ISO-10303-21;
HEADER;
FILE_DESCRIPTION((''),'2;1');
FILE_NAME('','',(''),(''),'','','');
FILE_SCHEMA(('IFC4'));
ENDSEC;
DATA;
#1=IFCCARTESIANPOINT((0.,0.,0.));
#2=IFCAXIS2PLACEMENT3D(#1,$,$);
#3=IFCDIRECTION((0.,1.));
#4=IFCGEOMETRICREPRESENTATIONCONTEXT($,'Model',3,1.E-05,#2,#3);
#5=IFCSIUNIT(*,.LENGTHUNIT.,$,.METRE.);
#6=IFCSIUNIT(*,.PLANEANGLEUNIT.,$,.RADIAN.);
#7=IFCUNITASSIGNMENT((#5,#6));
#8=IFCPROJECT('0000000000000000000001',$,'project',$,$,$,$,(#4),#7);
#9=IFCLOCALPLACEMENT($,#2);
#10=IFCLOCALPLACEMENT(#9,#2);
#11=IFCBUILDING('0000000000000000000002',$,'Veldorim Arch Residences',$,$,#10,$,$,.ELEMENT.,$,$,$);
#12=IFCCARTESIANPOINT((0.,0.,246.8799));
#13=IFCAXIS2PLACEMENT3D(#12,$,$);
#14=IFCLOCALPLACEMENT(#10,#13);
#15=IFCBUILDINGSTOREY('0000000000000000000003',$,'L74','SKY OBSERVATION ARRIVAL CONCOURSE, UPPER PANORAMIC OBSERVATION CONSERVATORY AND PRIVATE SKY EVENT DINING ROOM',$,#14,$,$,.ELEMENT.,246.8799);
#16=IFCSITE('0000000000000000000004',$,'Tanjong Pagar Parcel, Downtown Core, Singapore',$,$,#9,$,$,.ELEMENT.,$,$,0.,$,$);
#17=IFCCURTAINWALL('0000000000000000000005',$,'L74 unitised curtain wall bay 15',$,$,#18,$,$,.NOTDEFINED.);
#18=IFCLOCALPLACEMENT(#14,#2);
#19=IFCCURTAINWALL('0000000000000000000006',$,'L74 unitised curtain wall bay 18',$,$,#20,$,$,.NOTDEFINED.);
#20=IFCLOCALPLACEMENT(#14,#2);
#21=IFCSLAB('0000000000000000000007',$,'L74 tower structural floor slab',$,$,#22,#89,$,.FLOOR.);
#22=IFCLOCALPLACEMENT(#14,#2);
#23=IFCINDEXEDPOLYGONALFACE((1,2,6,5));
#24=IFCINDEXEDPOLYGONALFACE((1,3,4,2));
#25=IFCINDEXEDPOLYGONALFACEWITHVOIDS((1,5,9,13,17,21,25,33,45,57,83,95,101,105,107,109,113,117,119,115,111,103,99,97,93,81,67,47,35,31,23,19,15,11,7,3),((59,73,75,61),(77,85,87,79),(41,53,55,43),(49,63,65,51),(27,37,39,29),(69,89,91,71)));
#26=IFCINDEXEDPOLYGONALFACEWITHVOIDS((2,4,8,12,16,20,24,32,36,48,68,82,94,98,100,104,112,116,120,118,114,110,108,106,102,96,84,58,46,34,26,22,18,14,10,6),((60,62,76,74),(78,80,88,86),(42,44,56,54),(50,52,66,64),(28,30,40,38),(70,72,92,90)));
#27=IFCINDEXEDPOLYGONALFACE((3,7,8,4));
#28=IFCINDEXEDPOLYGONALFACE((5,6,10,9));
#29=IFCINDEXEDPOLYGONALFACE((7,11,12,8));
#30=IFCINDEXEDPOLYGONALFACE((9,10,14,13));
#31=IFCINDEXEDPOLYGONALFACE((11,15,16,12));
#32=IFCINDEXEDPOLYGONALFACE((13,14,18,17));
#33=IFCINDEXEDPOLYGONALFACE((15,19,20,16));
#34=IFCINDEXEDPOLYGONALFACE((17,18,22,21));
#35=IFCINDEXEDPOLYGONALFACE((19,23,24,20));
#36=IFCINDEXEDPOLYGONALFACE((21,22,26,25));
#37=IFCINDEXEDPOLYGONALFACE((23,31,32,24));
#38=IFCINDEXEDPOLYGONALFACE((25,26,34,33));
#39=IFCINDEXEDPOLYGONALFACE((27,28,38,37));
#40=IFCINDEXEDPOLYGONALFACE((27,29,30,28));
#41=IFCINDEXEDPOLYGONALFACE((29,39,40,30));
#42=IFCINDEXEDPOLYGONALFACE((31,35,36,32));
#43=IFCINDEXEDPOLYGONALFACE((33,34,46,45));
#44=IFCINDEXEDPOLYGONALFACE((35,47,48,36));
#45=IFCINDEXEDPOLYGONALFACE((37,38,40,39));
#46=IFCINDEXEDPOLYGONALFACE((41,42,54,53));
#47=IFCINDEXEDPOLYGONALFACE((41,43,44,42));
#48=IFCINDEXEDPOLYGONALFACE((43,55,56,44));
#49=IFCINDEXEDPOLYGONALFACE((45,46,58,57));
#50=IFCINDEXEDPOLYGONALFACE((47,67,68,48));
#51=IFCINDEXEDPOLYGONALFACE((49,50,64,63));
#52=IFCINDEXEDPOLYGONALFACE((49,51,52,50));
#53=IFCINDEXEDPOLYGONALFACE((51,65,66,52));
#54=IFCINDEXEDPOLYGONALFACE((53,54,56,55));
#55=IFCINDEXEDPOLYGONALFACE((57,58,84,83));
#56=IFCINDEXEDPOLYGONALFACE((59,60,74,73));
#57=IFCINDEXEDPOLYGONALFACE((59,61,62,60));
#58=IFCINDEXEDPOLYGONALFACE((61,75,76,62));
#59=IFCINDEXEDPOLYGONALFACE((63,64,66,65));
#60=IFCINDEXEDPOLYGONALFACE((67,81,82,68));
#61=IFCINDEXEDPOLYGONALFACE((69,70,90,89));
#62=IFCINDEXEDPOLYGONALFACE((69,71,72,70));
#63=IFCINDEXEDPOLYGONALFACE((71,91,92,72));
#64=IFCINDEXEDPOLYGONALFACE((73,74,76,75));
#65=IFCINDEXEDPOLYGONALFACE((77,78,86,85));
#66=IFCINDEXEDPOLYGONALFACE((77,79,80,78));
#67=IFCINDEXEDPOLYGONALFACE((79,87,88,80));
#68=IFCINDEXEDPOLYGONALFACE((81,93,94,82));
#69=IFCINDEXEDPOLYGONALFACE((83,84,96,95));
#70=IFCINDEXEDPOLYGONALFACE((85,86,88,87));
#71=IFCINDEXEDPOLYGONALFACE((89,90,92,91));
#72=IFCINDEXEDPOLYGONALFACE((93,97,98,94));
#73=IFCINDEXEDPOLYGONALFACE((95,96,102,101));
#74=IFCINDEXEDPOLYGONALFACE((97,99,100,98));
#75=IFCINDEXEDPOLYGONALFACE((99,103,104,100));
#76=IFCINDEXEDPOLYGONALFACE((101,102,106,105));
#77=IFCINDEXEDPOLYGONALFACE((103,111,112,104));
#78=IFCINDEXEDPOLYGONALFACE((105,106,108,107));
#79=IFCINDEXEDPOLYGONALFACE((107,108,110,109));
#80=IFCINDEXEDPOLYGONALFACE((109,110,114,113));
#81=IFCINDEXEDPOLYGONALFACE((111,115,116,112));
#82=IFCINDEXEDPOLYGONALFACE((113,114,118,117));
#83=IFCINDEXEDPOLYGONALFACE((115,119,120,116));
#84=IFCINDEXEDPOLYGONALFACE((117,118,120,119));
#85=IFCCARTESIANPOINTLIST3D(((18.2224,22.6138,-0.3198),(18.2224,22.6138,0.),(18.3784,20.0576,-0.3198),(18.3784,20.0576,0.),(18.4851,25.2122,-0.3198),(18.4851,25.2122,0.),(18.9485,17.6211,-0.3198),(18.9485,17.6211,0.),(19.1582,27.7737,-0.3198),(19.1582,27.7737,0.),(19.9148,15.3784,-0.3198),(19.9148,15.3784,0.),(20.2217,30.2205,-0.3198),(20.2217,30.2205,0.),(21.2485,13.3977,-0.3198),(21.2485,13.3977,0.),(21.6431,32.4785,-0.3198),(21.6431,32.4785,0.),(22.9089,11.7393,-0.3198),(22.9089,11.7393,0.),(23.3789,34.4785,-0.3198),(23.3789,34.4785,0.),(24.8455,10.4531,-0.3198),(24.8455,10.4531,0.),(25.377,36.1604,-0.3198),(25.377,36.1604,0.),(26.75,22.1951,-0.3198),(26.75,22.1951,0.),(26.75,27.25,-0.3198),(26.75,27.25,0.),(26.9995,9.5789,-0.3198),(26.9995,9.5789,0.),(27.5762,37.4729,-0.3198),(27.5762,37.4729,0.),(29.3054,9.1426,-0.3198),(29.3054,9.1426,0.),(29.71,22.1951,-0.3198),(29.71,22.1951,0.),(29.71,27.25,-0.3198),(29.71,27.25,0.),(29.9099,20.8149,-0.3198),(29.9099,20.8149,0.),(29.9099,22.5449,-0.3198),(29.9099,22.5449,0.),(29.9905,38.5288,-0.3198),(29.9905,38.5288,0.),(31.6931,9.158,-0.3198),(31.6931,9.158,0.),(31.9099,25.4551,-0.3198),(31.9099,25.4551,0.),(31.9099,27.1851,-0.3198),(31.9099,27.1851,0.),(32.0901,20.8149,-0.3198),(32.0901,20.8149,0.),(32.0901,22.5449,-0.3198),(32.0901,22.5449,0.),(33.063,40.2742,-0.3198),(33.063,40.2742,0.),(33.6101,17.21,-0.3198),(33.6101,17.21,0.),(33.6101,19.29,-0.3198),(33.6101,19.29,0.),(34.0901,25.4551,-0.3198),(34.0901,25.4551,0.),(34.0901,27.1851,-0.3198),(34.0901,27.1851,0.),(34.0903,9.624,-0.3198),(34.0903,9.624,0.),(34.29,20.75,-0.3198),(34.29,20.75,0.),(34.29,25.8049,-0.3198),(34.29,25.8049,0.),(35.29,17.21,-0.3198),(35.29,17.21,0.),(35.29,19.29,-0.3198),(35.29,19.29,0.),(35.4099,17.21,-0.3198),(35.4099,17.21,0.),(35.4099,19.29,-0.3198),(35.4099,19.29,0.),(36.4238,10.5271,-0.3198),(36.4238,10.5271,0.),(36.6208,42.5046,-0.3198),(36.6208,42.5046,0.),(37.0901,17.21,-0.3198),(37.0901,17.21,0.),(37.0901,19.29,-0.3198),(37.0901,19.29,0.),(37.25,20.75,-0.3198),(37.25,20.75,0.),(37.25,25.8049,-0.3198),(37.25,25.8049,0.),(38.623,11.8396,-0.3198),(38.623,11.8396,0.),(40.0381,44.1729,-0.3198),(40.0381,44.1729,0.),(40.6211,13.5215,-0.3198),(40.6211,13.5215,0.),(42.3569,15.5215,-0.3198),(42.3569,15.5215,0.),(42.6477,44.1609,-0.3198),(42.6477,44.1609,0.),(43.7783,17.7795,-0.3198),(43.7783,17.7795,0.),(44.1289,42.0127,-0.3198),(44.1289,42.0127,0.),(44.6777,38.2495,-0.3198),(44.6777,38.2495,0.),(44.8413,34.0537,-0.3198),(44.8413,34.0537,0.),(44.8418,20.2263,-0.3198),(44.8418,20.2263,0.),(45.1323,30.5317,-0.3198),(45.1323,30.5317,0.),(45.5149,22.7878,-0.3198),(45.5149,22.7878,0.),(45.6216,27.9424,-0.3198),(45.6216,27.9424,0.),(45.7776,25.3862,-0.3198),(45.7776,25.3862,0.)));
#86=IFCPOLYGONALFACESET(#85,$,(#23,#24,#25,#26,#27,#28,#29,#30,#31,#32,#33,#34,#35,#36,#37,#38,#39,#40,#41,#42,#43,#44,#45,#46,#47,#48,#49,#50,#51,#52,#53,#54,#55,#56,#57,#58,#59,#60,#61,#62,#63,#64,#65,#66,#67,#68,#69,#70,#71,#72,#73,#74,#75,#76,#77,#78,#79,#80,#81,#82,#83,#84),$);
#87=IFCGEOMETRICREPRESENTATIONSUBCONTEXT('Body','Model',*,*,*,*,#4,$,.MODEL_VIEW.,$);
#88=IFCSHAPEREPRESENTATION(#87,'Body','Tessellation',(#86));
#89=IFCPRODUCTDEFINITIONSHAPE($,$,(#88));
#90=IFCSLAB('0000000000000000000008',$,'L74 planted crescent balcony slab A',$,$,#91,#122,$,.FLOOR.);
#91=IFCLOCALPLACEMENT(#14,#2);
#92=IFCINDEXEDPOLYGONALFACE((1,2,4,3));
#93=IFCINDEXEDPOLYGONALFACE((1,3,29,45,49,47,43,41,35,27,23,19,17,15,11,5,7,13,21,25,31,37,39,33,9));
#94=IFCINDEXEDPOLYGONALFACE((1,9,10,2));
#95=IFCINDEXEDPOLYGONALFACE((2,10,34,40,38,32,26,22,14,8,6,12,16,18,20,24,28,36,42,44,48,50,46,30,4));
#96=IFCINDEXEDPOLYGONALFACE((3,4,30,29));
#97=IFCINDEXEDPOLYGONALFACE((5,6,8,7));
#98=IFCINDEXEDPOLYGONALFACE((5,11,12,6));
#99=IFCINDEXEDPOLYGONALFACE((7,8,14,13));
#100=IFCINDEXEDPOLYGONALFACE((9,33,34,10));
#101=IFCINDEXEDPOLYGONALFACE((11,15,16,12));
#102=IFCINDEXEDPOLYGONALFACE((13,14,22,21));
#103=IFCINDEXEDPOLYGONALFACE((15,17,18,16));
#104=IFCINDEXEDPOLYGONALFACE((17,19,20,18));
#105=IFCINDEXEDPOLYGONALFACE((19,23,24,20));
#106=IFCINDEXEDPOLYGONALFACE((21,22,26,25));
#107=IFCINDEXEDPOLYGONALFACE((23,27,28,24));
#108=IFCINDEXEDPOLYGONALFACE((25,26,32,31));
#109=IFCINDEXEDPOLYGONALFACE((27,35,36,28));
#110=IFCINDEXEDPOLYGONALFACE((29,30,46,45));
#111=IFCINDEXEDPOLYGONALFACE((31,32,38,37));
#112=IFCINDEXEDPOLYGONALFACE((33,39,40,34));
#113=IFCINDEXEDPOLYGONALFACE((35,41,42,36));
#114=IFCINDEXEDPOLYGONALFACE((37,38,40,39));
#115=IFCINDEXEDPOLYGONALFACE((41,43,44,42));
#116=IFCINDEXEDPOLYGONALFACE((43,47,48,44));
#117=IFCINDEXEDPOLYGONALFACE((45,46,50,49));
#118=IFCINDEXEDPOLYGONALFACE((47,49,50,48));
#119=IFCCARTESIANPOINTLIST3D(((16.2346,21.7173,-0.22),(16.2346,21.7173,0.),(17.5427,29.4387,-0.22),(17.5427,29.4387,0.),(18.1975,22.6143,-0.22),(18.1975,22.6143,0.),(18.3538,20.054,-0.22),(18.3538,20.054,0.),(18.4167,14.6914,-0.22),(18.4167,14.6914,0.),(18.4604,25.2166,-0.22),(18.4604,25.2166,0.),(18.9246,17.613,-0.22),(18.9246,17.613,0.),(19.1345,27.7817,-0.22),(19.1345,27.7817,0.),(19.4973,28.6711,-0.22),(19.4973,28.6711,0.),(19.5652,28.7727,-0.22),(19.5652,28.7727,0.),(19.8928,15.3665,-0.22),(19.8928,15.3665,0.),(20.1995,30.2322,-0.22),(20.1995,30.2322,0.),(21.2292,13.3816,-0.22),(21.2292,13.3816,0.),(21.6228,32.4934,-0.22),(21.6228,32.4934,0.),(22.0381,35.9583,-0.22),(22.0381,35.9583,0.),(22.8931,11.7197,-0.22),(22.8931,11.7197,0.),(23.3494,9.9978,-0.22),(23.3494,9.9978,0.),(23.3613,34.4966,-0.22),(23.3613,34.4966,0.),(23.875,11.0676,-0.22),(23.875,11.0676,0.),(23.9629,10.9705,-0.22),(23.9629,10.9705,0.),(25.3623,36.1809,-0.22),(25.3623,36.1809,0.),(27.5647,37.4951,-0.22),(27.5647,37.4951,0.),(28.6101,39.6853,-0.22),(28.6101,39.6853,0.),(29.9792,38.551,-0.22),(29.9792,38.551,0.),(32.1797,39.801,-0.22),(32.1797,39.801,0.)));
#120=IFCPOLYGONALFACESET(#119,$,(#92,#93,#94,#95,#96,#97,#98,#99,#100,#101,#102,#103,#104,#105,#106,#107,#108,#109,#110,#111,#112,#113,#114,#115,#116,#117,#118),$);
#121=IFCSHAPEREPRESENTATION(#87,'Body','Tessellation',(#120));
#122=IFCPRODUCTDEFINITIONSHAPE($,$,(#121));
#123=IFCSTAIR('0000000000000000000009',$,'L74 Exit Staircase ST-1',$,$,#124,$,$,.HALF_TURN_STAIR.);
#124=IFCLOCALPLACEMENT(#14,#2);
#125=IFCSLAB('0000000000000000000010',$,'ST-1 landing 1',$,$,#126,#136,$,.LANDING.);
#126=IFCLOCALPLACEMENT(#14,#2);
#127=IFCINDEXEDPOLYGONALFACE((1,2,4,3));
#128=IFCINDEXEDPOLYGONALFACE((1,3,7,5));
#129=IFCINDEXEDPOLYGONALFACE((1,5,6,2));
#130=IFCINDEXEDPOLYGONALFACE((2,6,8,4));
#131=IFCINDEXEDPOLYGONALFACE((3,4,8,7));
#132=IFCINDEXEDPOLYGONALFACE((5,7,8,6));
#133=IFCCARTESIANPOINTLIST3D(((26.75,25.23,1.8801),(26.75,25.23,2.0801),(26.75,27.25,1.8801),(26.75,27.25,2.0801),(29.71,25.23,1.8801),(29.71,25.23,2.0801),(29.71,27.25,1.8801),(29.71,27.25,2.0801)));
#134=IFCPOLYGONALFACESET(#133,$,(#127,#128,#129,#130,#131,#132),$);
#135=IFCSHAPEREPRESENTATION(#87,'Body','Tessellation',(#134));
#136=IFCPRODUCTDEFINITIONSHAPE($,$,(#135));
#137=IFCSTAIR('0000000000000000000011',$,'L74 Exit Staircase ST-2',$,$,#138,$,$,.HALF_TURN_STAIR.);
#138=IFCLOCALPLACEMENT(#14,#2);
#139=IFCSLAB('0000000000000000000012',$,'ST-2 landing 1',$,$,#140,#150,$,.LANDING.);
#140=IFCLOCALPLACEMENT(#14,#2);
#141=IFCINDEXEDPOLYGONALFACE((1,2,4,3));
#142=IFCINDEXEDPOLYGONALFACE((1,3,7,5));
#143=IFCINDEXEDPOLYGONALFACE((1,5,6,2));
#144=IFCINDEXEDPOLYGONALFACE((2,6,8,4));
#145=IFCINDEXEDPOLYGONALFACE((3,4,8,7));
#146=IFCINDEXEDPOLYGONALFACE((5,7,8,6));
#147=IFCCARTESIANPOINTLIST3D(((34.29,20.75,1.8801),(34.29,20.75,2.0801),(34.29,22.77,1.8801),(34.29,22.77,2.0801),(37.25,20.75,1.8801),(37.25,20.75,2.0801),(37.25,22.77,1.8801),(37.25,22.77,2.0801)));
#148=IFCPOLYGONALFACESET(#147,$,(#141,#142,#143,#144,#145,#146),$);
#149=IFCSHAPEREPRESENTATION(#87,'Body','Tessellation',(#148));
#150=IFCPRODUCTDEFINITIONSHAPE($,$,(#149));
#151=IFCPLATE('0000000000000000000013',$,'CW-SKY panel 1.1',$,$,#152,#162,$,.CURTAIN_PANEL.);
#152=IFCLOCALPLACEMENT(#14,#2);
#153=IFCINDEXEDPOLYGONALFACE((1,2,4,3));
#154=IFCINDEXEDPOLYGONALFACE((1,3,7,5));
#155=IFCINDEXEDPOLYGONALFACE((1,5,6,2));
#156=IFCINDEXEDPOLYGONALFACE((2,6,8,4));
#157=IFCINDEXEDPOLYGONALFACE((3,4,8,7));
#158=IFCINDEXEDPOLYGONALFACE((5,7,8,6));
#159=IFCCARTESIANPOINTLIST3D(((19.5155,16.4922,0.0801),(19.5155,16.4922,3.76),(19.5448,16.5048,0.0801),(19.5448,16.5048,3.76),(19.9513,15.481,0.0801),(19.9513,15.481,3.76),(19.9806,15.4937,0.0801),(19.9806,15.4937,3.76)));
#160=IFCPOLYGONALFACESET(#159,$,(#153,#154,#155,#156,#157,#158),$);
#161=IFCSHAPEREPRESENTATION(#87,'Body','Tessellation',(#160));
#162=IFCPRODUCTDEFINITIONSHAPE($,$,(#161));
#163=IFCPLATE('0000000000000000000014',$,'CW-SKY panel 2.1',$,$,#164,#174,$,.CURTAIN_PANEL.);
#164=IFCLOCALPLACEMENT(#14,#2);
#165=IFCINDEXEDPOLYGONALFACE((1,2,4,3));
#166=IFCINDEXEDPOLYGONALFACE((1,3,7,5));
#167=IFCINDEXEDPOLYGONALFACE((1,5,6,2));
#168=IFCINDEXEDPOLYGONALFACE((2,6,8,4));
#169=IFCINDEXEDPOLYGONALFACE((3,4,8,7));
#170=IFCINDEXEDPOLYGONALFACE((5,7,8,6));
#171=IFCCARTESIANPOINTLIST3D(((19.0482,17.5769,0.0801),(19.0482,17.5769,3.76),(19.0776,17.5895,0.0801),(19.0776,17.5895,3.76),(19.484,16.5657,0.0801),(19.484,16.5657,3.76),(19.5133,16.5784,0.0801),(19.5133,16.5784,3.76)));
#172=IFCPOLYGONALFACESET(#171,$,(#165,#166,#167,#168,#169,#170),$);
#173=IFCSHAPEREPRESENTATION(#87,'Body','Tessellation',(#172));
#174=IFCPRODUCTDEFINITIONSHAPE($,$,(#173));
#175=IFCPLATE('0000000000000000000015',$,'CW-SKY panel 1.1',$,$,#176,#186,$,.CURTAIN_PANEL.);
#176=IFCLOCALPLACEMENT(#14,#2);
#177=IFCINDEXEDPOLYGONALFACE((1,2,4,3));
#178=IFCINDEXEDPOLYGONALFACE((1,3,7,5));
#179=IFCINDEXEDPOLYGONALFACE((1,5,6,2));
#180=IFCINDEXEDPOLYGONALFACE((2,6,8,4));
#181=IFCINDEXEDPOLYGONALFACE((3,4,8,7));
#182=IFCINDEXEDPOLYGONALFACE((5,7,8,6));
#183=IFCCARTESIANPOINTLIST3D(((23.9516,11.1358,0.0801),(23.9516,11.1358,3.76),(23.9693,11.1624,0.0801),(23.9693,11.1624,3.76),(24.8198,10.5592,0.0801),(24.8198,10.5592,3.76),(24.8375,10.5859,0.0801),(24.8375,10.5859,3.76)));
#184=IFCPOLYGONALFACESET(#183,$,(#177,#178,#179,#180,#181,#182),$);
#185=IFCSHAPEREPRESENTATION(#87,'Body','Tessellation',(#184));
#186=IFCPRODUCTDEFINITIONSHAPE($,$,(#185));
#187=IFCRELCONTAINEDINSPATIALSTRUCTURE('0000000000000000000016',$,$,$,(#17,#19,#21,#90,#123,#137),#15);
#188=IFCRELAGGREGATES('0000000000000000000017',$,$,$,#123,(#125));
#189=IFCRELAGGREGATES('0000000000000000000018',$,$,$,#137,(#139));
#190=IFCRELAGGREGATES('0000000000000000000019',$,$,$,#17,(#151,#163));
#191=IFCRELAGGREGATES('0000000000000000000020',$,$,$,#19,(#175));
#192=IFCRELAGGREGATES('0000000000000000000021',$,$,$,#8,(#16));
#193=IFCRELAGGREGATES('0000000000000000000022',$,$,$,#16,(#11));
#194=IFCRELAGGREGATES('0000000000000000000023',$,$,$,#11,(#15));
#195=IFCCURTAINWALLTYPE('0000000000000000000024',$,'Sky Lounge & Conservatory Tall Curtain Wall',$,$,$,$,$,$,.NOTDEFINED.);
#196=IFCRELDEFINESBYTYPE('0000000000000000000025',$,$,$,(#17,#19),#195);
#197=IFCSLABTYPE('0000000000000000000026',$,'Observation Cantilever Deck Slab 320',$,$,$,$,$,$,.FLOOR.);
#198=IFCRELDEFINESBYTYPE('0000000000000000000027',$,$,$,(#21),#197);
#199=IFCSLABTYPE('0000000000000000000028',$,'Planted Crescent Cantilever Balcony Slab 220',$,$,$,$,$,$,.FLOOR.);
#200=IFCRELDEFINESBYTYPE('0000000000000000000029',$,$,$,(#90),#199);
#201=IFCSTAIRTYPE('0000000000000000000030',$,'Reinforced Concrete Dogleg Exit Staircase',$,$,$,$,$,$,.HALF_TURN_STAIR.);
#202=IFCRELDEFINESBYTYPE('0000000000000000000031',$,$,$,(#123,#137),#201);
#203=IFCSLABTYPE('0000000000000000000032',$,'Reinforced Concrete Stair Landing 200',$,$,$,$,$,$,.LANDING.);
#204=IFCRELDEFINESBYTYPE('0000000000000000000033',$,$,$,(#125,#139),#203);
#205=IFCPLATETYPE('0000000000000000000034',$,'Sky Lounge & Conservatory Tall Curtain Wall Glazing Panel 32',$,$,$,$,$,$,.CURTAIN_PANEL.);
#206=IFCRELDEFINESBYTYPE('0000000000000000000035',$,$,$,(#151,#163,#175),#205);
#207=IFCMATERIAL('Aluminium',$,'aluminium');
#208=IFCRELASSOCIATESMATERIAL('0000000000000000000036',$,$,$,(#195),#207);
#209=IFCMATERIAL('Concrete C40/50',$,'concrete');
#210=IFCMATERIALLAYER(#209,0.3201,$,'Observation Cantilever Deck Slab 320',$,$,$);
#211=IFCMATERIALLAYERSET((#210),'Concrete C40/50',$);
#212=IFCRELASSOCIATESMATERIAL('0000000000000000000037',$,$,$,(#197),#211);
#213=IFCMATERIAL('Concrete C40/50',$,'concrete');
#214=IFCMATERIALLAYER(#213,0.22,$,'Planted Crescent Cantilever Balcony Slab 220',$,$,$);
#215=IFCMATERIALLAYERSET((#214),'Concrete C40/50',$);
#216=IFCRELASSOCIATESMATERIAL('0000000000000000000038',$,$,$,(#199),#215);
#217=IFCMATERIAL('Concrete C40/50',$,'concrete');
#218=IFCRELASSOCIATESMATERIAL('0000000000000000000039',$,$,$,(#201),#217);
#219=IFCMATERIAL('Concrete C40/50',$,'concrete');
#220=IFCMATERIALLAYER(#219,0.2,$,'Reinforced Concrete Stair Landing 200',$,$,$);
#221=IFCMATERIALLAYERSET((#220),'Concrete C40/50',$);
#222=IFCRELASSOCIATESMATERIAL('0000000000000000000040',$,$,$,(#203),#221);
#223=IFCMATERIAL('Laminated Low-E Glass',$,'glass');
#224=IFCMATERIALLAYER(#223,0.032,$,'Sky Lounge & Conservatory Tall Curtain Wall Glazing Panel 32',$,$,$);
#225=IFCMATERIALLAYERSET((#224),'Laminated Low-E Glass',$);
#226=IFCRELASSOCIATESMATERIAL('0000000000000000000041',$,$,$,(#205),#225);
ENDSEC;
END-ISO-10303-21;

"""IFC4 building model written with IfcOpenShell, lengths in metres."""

from ifc_helpers import new_model, si_unit, direction, frame, origin, origin_2d, place, context, subcontext, project, spatial, polyline, rectangle, outline, extrude, material, layer, layer_set, type_object, element, aggregate, save


model = new_model("IFC4")

# Units and contexts
model_context = context("Model", 3, precision=1e-05, world=origin(), true_north=direction((0.0, 1.0)))
body_context = subcontext(model_context, "Body", "Model", "MODEL_VIEW")
ifc_project = project(units=[si_unit("LENGTHUNIT", "METRE"), si_unit("PLANEANGLEUNIT", "RADIAN")], contexts=[model_context])

# Site, building, storey
site_placement = place(None, origin())
site = spatial("IfcSite", under=ifc_project, at=site_placement, Name="Tanjong Pagar Parcel, Downtown Core, Singapore", CompositionType="ELEMENT", RefElevation=0.0)
building_placement = place(site_placement, origin())
building = spatial("IfcBuilding", under=site, at=building_placement, Name="Veldorim Arch Residences", CompositionType="ELEMENT")
storey_placement = place(building_placement, frame((0.0, 0.0, 246.8799)))
storey = spatial("IfcBuildingStorey", under=building, at=storey_placement, Name="L74", Description="SKY OBSERVATION ARRIVAL CONCOURSE, UPPER PANORAMIC OBSERVATION CONSERVATORY AND PRIVATE SKY EVENT DINING ROOM", CompositionType="ELEMENT", Elevation=246.8799)

# Curtain walls
ifc_material_1 = material(Name="Aluminium", Category="aluminium")
curtain_wall_type = type_object("IfcCurtainWallType", Name="Sky Lounge & Conservatory Tall Curtain Wall", PredefinedType="NOTDEFINED", material=ifc_material_1)
curtain_wall_1_placement = place(storey_placement, origin())
curtain_wall_1 = element("IfcCurtainWall", 1, at=curtain_wall_1_placement, inside=storey, type_object=curtain_wall_type, Name="L74 unitised curtain wall bay 15", PredefinedType="NOTDEFINED")
curtain_wall_2_placement = place(storey_placement, origin())
curtain_wall_2 = element("IfcCurtainWall", 2, at=curtain_wall_2_placement, inside=storey, type_object=curtain_wall_type, Name="L74 unitised curtain wall bay 18", PredefinedType="NOTDEFINED")

# Slabs
ifc_material_2 = material(Name="Concrete C40/50", Category="concrete")
ifc_layer_1 = layer(ifc_material_2, 0.3201, Name="Observation Cantilever Deck Slab 320")
ifc_layer_set_1 = layer_set([ifc_layer_1], Name="Concrete C40/50")
slab_type_1 = type_object("IfcSlabType", Name="Observation Cantilever Deck Slab 320", PredefinedType="FLOOR", material=ifc_layer_set_1)
slab_1_placement = place(storey_placement, frame((0.0, 0.0, -0.3198)))
element("IfcSlab", 3, at=slab_1_placement, inside=storey, type_object=slab_type_1, Name="L74 tower structural floor slab", PredefinedType="FLOOR", context=body_context, shape_type="SweptSolid", body=[
    extrude(outline(polyline([(42.6477, 44.1609), (40.0381, 44.1729), (36.6208, 42.5046), (33.063, 40.2742), (29.9905, 38.5288), (27.5762, 37.4729), (25.377, 36.1604), (23.3789, 34.4785), (21.6431, 32.4785), (20.2217, 30.2205), (19.1582, 27.7737), (18.4851, 25.2122), (18.2224, 22.6138), (18.3784, 20.0576), (18.9485, 17.6211), (19.9148, 15.3784), (21.2485, 13.3977), (22.9089, 11.7393), (24.8455, 10.4531), (26.9995, 9.5789), (29.3054, 9.1426), (31.6931, 9.158), (34.0903, 9.624), (36.4238, 10.5271), (38.623, 11.8396), (40.6211, 13.5215), (42.3569, 15.5215), (43.7783, 17.7795), (44.8418, 20.2263), (45.5149, 22.7878), (45.7776, 25.3862), (45.6216, 27.9424), (45.1323, 30.5317), (44.8413, 34.0537), (44.6777, 38.2495), (44.1289, 42.0127), (42.6477, 44.1609)]), holes=[polyline([(35.29, 17.21), (33.6101, 17.21), (33.6101, 19.29), (35.29, 19.29), (35.29, 17.21)]), polyline([(35.4099, 17.21), (35.4099, 19.29), (37.0901, 19.29), (37.0901, 17.21), (35.4099, 17.21)]), polyline([(29.9099, 20.8149), (29.9099, 22.5449), (32.0901, 22.5449), (32.0901, 20.8149), (29.9099, 20.8149)]), polyline([(37.25, 20.75), (34.29, 20.75), (34.29, 25.8049), (37.25, 25.8049), (37.25, 20.75)]), polyline([(26.75, 22.1951), (26.75, 27.25), (29.71, 27.25), (29.71, 22.1951), (26.75, 22.1951)]), polyline([(31.9099, 25.4551), (31.9099, 27.1851), (34.0901, 27.1851), (34.0901, 25.4551), (31.9099, 25.4551)])]), origin(), (0.0, 0.0, 1.0), 0.3198),
])
ifc_material_3 = material(Name="Concrete C40/50", Category="concrete")
ifc_layer_2 = layer(ifc_material_3, 0.22, Name="Planted Crescent Cantilever Balcony Slab 220")
ifc_layer_set_2 = layer_set([ifc_layer_2], Name="Concrete C40/50")
slab_type_2 = type_object("IfcSlabType", Name="Planted Crescent Cantilever Balcony Slab 220", PredefinedType="FLOOR", material=ifc_layer_set_2)
slab_2_placement = place(storey_placement, frame((0.0, 0.0, -0.22)))
element("IfcSlab", 4, at=slab_2_placement, inside=storey, type_object=slab_type_2, Name="L74 planted crescent balcony slab A", PredefinedType="FLOOR", context=body_context, shape_type="SweptSolid", body=[
    extrude(outline(polyline([(19.4973, 28.6711), (19.1345, 27.7817), (18.4604, 25.2166), (18.1975, 22.6143), (18.3538, 20.054), (18.9246, 17.613), (19.8928, 15.3665), (21.2292, 13.3816), (22.8931, 11.7197), (23.875, 11.0676), (23.9629, 10.9705), (23.3494, 9.9978), (18.4167, 14.6914), (16.2346, 21.7173), (17.5427, 29.4387), (22.0381, 35.9583), (28.6101, 39.6853), (32.1797, 39.801), (29.9792, 38.551), (27.5647, 37.4951), (25.3623, 36.1809), (23.3613, 34.4966), (21.6228, 32.4934), (20.1995, 30.2322), (19.5652, 28.7727), (19.4973, 28.6711)])), origin(), (0.0, 0.0, 1.0), 0.22),
])

# Stairs, slabs
ifc_material_4 = material(Name="Concrete C40/50", Category="concrete")
stair_type = type_object("IfcStairType", Name="Reinforced Concrete Dogleg Exit Staircase", PredefinedType="HALF_TURN_STAIR", material=ifc_material_4)
stair_1_placement = place(storey_placement, origin())
stair_1 = element("IfcStair", 5, at=stair_1_placement, inside=storey, type_object=stair_type, Name="L74 Exit Staircase ST-1", PredefinedType="HALF_TURN_STAIR")
ifc_material_5 = material(Name="Concrete C40/50", Category="concrete")
ifc_layer_3 = layer(ifc_material_5, 0.2, Name="Reinforced Concrete Stair Landing 200")
ifc_layer_set_3 = layer_set([ifc_layer_3], Name="Concrete C40/50")
slab_type_3 = type_object("IfcSlabType", Name="Reinforced Concrete Stair Landing 200", PredefinedType="LANDING", material=ifc_layer_set_3)
slab_3_placement = place(storey_placement, frame((0.0, 0.0, 1.8801)))
slab_3 = element("IfcSlab", 6, at=slab_3_placement, type_object=slab_type_3, Name="ST-1 landing 1", PredefinedType="LANDING", context=body_context, shape_type="SweptSolid", body=[
    extrude(outline(polyline([(29.71, 25.23), (29.71, 27.25), (26.75, 27.25), (26.75, 25.23), (29.71, 25.23)])), origin(), (0.0, 0.0, 1.0), 0.2),
])
aggregate(stair_1, [slab_3])
stair_2_placement = place(storey_placement, origin())
stair_2 = element("IfcStair", 7, at=stair_2_placement, inside=storey, type_object=stair_type, Name="L74 Exit Staircase ST-2", PredefinedType="HALF_TURN_STAIR")
slab_4_placement = place(storey_placement, frame((0.0, 0.0, 1.8801)))
slab_4 = element("IfcSlab", 8, at=slab_4_placement, type_object=slab_type_3, Name="ST-2 landing 1", PredefinedType="LANDING", context=body_context, shape_type="SweptSolid", body=[
    extrude(outline(polyline([(34.29, 22.77), (34.29, 20.75), (37.25, 20.75), (37.25, 22.77), (34.29, 22.77)])), origin(), (0.0, 0.0, 1.0), 0.2),
])
aggregate(stair_2, [slab_4])

# Plates
ifc_material_6 = material(Name="Laminated Low-E Glass", Category="glass")
ifc_layer_4 = layer(ifc_material_6, 0.032, Name="Sky Lounge & Conservatory Tall Curtain Wall Glazing Panel 32")
ifc_layer_set_4 = layer_set([ifc_layer_4], Name="Laminated Low-E Glass")
plate_type = type_object("IfcPlateType", Name="Sky Lounge & Conservatory Tall Curtain Wall Glazing Panel 32", PredefinedType="CURTAIN_PANEL", material=ifc_layer_set_4)
plate_1_placement = place(storey_placement, frame((19.748, 15.9929, 0.0801), z_axis=(0.0, 0.0, 1.0), x_axis=(-0.395782, 0.918345, 0.0)))
plate_1 = element("IfcPlate", 9, at=plate_1_placement, type_object=plate_type, Name="CW-SKY panel 1.1", PredefinedType="CURTAIN_PANEL", context=body_context, shape_type="SweptSolid", body=[
    extrude(rectangle(XDim=1.1011, YDim=0.032, at=origin_2d()), origin(), (0.0, 0.0, 1.0), 3.6799),
])
plate_2_placement = place(storey_placement, frame((19.2808, 17.0776, 0.0801), z_axis=(0.0, 0.0, 1.0), x_axis=(-0.395782, 0.918345, 0.0)))
plate_2 = element("IfcPlate", 10, at=plate_2_placement, type_object=plate_type, Name="CW-SKY panel 2.1", PredefinedType="CURTAIN_PANEL", context=body_context, shape_type="SweptSolid", body=[
    extrude(rectangle(XDim=1.1011, YDim=0.032, at=origin_2d()), origin(), (0.0, 0.0, 1.0), 3.6799),
])
aggregate(curtain_wall_1, [plate_1, plate_2])
plate_3_placement = place(storey_placement, frame((24.3945, 10.8608, 0.0801), z_axis=(0.0, 0.0, 1.0), x_axis=(-0.833055, 0.55319, 0.0)))
plate_3 = element("IfcPlate", 11, at=plate_3_placement, type_object=plate_type, Name="CW-SKY panel 1.1", PredefinedType="CURTAIN_PANEL", context=body_context, shape_type="SweptSolid", body=[
    extrude(rectangle(XDim=1.0422, YDim=0.032, at=origin_2d()), origin(), (0.0, 0.0, 1.0), 3.6799),
])
aggregate(curtain_wall_2, [plate_3])

save(model, "model.ifc")
